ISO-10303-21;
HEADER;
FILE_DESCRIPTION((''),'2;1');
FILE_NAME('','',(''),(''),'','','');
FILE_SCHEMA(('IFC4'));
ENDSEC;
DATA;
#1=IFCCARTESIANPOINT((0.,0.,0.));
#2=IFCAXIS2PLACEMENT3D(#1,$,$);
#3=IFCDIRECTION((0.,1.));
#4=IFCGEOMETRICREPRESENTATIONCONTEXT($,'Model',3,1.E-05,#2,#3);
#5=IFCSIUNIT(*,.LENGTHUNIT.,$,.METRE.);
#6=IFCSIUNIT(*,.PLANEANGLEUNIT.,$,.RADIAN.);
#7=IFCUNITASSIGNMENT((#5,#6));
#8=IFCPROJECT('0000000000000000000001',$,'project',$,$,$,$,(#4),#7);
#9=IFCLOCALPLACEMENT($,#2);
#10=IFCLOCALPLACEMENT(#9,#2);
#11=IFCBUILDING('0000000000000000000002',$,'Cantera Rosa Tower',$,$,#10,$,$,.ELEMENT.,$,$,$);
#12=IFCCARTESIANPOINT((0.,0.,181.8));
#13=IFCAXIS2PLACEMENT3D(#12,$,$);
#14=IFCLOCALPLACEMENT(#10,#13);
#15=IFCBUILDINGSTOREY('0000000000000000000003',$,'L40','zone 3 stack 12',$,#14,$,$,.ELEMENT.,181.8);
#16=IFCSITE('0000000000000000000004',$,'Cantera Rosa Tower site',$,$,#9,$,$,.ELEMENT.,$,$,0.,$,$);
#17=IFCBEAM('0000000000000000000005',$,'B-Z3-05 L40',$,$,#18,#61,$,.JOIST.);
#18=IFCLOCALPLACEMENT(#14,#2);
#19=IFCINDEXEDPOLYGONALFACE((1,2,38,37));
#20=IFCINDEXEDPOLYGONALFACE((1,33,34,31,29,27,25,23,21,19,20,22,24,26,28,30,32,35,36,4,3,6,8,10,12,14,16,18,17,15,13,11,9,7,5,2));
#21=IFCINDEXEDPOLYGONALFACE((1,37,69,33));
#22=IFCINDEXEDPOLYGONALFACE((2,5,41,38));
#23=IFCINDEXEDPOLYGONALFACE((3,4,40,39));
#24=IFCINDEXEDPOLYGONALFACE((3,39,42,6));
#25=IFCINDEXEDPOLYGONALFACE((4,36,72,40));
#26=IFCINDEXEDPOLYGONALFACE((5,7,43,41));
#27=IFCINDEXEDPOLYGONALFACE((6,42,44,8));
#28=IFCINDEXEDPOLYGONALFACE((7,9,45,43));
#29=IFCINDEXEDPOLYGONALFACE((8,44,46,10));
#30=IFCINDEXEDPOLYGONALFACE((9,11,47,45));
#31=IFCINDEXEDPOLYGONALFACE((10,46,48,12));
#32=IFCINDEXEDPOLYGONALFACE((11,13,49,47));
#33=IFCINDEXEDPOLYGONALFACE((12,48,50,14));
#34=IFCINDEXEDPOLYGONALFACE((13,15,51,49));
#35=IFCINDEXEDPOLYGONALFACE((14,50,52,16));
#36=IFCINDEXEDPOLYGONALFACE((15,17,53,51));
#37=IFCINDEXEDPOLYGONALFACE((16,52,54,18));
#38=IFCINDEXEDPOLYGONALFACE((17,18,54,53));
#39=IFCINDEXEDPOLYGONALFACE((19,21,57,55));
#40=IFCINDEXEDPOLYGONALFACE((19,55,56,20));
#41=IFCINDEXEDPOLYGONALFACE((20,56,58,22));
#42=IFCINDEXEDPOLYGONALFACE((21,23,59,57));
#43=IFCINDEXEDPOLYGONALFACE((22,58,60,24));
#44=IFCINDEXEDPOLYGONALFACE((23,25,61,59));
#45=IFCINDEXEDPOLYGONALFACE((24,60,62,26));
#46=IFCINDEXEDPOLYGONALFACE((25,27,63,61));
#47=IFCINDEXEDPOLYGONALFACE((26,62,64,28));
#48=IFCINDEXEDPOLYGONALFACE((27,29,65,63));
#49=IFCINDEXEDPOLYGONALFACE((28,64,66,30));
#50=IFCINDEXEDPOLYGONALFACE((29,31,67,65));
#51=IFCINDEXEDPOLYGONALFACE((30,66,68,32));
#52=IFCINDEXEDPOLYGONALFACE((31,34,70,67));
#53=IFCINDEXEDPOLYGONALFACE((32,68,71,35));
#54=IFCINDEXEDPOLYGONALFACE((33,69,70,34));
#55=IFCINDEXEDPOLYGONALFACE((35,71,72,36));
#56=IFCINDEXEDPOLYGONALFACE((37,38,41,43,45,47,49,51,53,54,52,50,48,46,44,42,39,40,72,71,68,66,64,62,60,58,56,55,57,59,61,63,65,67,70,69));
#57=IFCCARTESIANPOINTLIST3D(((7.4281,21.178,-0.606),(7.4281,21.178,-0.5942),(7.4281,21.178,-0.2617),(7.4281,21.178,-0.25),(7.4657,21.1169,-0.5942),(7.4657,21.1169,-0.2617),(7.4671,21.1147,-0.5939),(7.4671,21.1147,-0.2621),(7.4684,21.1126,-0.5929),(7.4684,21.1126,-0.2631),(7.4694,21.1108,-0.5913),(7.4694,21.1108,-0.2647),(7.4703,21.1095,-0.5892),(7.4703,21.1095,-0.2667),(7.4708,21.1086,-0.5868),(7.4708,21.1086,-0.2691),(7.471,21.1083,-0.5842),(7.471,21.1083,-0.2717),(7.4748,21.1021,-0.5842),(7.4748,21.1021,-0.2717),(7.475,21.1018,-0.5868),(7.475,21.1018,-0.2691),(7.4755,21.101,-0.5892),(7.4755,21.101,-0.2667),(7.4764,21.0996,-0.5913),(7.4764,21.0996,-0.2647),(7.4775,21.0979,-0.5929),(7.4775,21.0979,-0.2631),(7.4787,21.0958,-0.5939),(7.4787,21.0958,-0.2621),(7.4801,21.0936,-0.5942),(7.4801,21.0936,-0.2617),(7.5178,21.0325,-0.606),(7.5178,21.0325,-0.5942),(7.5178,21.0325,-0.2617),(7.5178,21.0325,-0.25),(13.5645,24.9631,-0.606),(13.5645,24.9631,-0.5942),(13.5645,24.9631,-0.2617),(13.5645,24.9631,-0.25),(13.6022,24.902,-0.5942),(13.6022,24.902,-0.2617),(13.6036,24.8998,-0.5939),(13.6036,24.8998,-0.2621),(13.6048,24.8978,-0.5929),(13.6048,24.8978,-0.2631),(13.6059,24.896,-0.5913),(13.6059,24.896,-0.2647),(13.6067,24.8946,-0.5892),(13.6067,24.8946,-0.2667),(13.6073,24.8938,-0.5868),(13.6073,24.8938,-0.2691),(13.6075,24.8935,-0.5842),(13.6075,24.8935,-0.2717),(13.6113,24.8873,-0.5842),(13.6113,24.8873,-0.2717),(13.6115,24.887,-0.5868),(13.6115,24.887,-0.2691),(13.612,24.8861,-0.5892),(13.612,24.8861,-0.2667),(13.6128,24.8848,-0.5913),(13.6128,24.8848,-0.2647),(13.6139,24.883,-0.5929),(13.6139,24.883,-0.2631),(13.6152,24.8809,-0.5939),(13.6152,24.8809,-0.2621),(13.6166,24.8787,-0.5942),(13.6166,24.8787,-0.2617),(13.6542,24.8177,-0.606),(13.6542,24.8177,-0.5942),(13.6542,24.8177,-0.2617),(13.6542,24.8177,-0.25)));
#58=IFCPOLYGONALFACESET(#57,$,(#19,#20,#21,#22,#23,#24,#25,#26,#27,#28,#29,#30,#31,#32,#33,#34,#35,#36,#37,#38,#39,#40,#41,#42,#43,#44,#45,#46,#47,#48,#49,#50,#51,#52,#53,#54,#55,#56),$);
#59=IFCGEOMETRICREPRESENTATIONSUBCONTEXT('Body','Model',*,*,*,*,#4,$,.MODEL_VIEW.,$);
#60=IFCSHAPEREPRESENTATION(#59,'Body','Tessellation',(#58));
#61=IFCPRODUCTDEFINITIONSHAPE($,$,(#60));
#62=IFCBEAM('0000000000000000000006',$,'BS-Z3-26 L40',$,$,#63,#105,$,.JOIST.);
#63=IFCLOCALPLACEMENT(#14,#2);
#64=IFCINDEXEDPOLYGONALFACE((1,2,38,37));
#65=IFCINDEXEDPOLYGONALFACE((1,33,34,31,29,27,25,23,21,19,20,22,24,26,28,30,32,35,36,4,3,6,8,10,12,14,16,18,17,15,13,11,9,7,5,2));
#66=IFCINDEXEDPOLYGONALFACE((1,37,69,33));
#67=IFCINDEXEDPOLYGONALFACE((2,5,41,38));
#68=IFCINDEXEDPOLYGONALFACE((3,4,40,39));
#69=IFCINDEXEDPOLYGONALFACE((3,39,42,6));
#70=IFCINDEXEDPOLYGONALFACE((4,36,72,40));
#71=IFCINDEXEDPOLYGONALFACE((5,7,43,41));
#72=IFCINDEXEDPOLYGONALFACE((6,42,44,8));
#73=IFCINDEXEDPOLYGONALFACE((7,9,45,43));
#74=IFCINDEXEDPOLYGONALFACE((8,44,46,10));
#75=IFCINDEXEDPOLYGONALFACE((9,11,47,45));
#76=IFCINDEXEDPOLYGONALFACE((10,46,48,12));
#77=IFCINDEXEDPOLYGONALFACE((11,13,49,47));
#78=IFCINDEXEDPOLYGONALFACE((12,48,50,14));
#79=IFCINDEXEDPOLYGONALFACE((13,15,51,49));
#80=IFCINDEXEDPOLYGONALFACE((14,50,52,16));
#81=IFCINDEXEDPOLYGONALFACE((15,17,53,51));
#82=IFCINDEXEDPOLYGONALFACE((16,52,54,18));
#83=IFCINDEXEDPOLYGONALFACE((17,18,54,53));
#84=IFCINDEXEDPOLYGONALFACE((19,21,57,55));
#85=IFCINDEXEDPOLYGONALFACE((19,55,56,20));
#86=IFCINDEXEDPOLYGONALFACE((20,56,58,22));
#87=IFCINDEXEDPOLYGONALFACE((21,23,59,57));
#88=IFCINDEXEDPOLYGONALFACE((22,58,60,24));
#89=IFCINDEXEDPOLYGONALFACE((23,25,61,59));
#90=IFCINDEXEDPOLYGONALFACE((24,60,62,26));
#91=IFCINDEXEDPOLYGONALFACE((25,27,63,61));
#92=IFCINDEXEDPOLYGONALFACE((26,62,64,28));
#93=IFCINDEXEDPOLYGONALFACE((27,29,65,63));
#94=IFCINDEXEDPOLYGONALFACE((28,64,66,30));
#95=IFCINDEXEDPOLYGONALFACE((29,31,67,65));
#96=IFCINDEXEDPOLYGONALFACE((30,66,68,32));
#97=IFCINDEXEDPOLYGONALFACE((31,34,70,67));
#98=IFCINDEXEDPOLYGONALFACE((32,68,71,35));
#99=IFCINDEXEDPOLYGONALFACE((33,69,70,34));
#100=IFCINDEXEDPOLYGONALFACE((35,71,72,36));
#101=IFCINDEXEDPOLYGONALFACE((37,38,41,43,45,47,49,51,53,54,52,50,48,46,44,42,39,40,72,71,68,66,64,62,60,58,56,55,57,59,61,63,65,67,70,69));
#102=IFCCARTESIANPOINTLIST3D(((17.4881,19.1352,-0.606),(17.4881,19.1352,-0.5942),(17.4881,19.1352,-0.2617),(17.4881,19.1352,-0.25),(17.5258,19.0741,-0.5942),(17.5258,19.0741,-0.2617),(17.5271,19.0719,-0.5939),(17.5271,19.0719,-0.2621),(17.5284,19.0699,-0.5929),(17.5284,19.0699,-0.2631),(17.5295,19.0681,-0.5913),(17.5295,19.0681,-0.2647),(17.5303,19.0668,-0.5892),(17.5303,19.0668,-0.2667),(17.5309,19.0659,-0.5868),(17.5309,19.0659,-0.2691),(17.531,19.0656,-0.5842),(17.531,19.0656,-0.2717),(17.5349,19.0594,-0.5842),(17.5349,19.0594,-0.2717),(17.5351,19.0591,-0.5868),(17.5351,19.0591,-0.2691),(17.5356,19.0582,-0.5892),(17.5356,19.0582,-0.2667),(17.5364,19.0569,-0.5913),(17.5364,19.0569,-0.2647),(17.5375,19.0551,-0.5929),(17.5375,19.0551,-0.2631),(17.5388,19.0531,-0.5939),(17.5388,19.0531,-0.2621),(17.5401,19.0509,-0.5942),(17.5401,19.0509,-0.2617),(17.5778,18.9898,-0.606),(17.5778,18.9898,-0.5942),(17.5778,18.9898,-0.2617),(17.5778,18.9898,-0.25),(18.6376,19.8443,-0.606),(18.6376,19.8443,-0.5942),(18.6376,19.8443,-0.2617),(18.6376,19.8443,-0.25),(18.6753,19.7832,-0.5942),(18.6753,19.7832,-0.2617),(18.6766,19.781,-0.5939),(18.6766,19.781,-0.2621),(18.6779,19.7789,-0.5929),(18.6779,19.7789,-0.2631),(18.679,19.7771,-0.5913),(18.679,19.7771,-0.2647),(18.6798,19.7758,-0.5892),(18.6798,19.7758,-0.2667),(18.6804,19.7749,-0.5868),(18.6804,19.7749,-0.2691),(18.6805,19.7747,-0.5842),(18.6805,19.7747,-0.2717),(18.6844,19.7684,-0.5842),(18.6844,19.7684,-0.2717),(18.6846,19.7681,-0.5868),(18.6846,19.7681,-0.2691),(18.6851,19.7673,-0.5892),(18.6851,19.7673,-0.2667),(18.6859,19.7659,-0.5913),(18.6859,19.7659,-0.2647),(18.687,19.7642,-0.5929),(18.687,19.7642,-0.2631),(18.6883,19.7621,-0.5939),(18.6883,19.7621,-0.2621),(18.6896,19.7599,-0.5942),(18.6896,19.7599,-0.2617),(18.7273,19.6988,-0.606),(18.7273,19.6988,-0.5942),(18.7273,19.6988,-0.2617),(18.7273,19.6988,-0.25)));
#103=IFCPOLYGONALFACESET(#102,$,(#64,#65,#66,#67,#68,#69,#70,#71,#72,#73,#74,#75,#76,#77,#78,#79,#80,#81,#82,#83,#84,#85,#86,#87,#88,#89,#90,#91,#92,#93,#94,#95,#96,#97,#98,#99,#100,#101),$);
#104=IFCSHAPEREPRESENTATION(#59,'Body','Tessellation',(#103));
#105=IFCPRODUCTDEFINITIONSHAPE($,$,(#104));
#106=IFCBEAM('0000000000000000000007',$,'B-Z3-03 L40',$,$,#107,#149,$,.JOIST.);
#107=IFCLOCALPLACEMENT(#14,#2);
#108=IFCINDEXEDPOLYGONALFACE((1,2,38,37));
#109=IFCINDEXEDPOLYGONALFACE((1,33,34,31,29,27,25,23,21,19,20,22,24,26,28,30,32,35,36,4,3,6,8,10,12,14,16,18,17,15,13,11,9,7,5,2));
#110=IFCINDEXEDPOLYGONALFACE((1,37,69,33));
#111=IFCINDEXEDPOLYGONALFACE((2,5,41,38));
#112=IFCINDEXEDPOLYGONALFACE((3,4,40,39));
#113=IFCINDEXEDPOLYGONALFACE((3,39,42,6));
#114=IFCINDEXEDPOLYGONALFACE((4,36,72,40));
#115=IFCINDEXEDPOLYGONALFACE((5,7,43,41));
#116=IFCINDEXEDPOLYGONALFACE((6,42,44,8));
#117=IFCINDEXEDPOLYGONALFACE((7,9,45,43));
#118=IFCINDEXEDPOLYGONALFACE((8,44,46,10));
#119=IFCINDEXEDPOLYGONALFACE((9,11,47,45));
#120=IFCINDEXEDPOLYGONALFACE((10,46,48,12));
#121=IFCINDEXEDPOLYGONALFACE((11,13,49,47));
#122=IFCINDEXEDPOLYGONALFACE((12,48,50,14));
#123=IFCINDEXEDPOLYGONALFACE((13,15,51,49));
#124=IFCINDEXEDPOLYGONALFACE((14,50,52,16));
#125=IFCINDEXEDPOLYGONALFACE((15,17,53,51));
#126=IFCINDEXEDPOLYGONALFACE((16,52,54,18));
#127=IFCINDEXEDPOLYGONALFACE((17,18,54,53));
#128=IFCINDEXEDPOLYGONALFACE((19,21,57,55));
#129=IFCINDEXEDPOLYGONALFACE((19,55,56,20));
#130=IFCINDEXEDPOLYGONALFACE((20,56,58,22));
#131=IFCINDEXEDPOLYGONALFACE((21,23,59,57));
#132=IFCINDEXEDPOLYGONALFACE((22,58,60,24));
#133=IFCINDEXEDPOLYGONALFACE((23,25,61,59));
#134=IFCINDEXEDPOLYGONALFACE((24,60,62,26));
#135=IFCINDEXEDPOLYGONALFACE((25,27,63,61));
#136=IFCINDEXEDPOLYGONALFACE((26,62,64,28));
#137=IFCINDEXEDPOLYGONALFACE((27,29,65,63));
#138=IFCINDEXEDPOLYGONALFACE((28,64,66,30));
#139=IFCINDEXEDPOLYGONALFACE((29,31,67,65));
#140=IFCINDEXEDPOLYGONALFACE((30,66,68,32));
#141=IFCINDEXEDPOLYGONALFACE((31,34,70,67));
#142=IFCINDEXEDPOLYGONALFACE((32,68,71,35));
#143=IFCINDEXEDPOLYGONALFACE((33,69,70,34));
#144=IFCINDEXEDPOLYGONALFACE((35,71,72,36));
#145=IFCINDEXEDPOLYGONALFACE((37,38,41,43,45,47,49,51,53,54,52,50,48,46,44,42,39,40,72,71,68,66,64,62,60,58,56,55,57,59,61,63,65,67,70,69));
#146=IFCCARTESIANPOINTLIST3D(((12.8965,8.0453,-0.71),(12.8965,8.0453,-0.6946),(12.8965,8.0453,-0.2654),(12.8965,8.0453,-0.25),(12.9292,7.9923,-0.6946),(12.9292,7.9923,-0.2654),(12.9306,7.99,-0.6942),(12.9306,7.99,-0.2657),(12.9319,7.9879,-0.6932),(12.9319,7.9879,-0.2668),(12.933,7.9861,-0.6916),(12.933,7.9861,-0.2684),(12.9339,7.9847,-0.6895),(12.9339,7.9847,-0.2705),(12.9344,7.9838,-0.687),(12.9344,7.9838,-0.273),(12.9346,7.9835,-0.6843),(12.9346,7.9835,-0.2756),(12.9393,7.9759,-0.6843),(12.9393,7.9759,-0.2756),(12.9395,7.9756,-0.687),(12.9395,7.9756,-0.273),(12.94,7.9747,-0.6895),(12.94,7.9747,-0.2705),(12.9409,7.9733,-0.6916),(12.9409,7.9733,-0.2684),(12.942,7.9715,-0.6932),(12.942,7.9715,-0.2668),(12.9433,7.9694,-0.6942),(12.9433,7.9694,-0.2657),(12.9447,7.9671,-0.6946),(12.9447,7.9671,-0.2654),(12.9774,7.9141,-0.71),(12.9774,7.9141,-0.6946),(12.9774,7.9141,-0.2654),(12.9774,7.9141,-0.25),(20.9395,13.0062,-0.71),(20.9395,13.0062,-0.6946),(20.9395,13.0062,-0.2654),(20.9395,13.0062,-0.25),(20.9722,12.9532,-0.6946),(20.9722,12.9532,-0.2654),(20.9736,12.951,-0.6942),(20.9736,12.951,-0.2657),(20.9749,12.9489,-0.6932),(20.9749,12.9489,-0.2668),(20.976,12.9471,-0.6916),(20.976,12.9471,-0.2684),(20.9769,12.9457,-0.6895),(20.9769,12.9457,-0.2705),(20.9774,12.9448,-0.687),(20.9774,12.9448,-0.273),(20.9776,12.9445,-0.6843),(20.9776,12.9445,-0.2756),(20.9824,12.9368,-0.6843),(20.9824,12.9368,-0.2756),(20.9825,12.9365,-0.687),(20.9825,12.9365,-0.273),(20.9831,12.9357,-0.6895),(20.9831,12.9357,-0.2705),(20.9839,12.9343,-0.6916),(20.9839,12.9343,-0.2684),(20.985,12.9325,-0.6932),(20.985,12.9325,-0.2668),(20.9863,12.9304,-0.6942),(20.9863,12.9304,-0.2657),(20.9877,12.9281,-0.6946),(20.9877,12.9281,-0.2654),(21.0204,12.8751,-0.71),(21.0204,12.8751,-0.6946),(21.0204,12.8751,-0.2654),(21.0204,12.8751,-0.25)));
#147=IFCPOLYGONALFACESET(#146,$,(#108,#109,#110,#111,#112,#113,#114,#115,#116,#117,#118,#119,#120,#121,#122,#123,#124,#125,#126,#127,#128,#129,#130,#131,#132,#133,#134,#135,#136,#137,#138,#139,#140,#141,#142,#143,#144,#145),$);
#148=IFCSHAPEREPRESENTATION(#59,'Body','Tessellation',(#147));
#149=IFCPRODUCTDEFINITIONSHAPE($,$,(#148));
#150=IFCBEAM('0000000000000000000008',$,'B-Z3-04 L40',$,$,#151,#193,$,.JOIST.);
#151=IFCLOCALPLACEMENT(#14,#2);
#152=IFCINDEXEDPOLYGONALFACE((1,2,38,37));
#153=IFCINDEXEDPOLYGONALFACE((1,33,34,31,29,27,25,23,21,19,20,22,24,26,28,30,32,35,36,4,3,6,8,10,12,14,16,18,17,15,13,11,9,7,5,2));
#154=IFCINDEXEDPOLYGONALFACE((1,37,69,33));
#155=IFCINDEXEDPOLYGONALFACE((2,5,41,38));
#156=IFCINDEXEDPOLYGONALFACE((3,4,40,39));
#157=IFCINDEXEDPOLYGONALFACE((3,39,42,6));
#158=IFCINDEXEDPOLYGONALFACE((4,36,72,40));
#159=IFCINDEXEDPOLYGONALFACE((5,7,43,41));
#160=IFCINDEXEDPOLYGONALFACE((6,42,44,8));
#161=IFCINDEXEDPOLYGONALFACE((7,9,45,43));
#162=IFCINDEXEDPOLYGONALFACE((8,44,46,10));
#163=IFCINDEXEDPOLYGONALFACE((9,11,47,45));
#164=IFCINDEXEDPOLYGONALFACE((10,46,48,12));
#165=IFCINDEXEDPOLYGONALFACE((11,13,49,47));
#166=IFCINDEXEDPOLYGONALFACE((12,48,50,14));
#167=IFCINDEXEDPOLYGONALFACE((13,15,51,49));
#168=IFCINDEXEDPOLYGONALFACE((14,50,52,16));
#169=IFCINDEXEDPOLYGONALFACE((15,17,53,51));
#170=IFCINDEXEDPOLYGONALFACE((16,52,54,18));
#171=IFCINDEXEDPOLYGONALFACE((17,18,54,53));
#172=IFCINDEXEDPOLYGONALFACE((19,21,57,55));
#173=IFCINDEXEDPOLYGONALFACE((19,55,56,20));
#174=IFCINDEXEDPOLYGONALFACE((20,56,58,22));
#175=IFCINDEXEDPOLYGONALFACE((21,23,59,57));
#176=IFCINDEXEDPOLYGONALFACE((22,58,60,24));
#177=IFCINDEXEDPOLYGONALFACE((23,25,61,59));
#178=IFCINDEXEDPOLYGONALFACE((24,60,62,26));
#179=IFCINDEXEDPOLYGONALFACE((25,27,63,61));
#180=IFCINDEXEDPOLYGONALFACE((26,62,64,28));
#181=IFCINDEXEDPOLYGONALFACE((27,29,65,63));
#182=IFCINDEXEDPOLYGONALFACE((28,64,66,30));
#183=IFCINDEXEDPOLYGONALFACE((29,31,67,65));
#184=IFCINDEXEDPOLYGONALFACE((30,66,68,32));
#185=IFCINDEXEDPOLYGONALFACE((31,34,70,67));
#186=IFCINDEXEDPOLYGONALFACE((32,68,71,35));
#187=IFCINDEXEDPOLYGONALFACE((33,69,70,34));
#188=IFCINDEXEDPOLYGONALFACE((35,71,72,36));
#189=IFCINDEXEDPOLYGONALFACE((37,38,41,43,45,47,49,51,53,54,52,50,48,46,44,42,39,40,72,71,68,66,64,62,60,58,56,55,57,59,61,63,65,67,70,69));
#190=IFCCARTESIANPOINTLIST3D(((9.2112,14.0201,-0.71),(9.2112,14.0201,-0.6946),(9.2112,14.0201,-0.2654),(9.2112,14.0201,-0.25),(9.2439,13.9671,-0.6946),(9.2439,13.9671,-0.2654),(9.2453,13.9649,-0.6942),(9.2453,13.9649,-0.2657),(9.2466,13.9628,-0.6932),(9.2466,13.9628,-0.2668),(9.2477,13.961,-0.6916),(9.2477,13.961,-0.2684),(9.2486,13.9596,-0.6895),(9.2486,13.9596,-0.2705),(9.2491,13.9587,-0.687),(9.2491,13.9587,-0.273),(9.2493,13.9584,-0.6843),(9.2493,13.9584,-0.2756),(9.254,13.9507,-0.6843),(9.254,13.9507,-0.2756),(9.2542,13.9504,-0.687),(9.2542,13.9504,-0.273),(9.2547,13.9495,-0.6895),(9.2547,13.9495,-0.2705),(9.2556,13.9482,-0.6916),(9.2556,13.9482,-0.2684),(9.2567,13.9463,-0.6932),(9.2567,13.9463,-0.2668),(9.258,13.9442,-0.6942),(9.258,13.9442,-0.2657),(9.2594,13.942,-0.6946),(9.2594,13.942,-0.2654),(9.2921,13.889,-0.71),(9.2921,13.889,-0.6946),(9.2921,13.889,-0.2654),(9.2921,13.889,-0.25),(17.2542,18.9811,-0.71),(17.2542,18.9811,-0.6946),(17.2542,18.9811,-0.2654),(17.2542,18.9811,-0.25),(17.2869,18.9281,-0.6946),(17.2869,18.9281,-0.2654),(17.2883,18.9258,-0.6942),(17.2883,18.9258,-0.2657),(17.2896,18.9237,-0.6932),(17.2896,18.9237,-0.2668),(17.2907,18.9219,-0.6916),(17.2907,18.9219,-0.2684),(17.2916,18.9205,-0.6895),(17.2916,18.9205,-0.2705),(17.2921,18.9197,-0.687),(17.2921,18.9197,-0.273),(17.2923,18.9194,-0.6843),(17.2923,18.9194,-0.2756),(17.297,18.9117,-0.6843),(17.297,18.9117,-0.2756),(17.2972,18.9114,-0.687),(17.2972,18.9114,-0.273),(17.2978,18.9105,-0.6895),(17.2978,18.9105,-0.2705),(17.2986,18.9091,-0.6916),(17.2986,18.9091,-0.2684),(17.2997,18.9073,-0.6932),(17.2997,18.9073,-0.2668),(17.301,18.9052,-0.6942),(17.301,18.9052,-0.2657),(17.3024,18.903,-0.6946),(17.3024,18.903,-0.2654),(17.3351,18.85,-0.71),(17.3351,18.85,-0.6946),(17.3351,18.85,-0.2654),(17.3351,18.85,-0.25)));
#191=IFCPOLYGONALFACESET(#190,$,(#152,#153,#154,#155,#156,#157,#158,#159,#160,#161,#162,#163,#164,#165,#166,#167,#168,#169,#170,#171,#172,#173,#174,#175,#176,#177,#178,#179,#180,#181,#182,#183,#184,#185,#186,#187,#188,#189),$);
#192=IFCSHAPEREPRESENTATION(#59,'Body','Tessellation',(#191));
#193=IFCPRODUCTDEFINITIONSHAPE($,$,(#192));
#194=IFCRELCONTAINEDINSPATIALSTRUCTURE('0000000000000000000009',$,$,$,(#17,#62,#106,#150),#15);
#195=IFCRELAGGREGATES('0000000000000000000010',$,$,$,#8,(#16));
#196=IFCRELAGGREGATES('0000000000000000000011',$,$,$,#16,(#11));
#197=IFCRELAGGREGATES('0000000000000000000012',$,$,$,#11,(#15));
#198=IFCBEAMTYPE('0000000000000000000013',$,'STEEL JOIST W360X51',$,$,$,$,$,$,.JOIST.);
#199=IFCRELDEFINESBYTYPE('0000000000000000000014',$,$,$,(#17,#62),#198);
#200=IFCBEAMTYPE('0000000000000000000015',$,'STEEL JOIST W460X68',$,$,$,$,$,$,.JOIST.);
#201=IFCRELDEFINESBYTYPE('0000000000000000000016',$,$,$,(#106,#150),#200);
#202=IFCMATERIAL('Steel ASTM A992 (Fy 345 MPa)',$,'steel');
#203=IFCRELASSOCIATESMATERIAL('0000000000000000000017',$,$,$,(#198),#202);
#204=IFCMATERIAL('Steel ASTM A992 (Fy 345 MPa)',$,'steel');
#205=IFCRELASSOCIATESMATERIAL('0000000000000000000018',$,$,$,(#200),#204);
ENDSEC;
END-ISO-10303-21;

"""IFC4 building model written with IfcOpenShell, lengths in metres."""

from ifc_helpers import new_model, si_unit, direction, frame, origin, origin_2d, place, context, subcontext, project, spatial, i_section, extrude, material, material_profile, profile_set, type_object, element, save


model = new_model("IFC4")

# Units and contexts
model_context = context("Model", 3, precision=1e-05, world=origin(), true_north=direction((0.0, 1.0)))
body_context = subcontext(model_context, "Body", "Model", "MODEL_VIEW")
ifc_project = project(units=[si_unit("LENGTHUNIT", "METRE"), si_unit("PLANEANGLEUNIT", "RADIAN")], contexts=[model_context])

# Site, building, storey
site_placement = place(None, origin())
site = spatial("IfcSite", under=ifc_project, at=site_placement, Name="Cantera Rosa Tower site", CompositionType="ELEMENT", RefElevation=0.0)
building_placement = place(site_placement, origin())
building = spatial("IfcBuilding", under=site, at=building_placement, Name="Cantera Rosa Tower", CompositionType="ELEMENT")
storey_placement = place(building_placement, frame((0.0, 0.0, 181.8)))
storey = spatial("IfcBuildingStorey", under=building, at=storey_placement, Name="L40", Description="zone 3 stack 12", CompositionType="ELEMENT", Elevation=181.8)

# Beams
ifc_material_1 = material(Name="Steel ASTM A992 (Fy 345 MPa)", Category="steel")
ifc_material_profile_1 = material_profile(ifc_material_1, i_section(OverallWidth=0.1709, OverallDepth=0.356, WebThickness=0.0073, FlangeThickness=0.0117, FilletRadius=0.01, at=origin_2d()), Name="W360X51")
ifc_profile_set_1 = profile_set([ifc_material_profile_1], Name="Steel ASTM A992 (Fy 345 MPa)")
beam_type_1 = type_object("IfcBeamType", Name="STEEL JOIST W360X51", PredefinedType="JOIST", material=ifc_profile_set_1)
beam_1_placement = place(storey_placement, frame((13.6094, 24.8904, -0.428), z_axis=(-0.851109, -0.524989, 0.0), x_axis=(0.524989, -0.851109, 0.0)))
element("IfcBeam", 1, at=beam_1_placement, inside=storey, type_object=beam_type_1, Name="B-Z3-05 L40", PredefinedType="JOIST", context=body_context, shape_type="SweptSolid", body=[
    extrude(i_section(OverallWidth=0.1709, OverallDepth=0.356, WebThickness=0.0073, FlangeThickness=0.0117, FilletRadius=0.01, at=origin_2d()), origin(), (0.0, 0.0, 1.0), 7.21),
])
beam_2_placement = place(storey_placement, frame((17.533, 19.0625, -0.428), z_axis=(0.851112, 0.524985, 0.0), x_axis=(-0.524985, 0.851112, 0.0)))
element("IfcBeam", 2, at=beam_2_placement, inside=storey, type_object=beam_type_1, Name="BS-Z3-26 L40", PredefinedType="JOIST", context=body_context, shape_type="SweptSolid", body=[
    extrude(i_section(OverallWidth=0.1709, OverallDepth=0.356, WebThickness=0.0073, FlangeThickness=0.0117, FilletRadius=0.01, at=origin_2d()), origin(), (0.0, 0.0, 1.0), 1.3506),
])
ifc_material_2 = material(Name="Steel ASTM A992 (Fy 345 MPa)", Category="steel")
ifc_material_profile_2 = material_profile(ifc_material_2, i_section(OverallWidth=0.1541, OverallDepth=0.46, WebThickness=0.009, FlangeThickness=0.0154, FilletRadius=0.0103, at=origin_2d()), Name="W460X68")
ifc_profile_set_2 = profile_set([ifc_material_profile_2], Name="Steel ASTM A992 (Fy 345 MPa)")
beam_type_2 = type_object("IfcBeamType", Name="STEEL JOIST W460X68", PredefinedType="JOIST", material=ifc_profile_set_2)
for number, where, z_axis, x_axis, name in (
    (3, (20.98, 12.9407, -0.48), (-0.851119, -0.524974, 0.0), (0.524974, -0.851119, 0.0), "B-Z3-03 L40"),
    (4, (17.2947, 18.9155, -0.48), (-0.851119, -0.524974, 0.0), (0.524974, -0.851119, 0.0), "B-Z3-04 L40"),
):
    element("IfcBeam", number, at=place(storey_placement, frame(where, z_axis=z_axis, x_axis=x_axis)), inside=storey, type_object=beam_type_2, Name=name, PredefinedType="JOIST", context=body_context, shape_type="SweptSolid", body=[
        extrude(i_section(OverallWidth=0.1541, OverallDepth=0.46, WebThickness=0.009, FlangeThickness=0.0154, FilletRadius=0.0103, at=origin_2d()), origin(), (0.0, 0.0, 1.0), 9.45),
    ])

save(model, "model.ifc")
